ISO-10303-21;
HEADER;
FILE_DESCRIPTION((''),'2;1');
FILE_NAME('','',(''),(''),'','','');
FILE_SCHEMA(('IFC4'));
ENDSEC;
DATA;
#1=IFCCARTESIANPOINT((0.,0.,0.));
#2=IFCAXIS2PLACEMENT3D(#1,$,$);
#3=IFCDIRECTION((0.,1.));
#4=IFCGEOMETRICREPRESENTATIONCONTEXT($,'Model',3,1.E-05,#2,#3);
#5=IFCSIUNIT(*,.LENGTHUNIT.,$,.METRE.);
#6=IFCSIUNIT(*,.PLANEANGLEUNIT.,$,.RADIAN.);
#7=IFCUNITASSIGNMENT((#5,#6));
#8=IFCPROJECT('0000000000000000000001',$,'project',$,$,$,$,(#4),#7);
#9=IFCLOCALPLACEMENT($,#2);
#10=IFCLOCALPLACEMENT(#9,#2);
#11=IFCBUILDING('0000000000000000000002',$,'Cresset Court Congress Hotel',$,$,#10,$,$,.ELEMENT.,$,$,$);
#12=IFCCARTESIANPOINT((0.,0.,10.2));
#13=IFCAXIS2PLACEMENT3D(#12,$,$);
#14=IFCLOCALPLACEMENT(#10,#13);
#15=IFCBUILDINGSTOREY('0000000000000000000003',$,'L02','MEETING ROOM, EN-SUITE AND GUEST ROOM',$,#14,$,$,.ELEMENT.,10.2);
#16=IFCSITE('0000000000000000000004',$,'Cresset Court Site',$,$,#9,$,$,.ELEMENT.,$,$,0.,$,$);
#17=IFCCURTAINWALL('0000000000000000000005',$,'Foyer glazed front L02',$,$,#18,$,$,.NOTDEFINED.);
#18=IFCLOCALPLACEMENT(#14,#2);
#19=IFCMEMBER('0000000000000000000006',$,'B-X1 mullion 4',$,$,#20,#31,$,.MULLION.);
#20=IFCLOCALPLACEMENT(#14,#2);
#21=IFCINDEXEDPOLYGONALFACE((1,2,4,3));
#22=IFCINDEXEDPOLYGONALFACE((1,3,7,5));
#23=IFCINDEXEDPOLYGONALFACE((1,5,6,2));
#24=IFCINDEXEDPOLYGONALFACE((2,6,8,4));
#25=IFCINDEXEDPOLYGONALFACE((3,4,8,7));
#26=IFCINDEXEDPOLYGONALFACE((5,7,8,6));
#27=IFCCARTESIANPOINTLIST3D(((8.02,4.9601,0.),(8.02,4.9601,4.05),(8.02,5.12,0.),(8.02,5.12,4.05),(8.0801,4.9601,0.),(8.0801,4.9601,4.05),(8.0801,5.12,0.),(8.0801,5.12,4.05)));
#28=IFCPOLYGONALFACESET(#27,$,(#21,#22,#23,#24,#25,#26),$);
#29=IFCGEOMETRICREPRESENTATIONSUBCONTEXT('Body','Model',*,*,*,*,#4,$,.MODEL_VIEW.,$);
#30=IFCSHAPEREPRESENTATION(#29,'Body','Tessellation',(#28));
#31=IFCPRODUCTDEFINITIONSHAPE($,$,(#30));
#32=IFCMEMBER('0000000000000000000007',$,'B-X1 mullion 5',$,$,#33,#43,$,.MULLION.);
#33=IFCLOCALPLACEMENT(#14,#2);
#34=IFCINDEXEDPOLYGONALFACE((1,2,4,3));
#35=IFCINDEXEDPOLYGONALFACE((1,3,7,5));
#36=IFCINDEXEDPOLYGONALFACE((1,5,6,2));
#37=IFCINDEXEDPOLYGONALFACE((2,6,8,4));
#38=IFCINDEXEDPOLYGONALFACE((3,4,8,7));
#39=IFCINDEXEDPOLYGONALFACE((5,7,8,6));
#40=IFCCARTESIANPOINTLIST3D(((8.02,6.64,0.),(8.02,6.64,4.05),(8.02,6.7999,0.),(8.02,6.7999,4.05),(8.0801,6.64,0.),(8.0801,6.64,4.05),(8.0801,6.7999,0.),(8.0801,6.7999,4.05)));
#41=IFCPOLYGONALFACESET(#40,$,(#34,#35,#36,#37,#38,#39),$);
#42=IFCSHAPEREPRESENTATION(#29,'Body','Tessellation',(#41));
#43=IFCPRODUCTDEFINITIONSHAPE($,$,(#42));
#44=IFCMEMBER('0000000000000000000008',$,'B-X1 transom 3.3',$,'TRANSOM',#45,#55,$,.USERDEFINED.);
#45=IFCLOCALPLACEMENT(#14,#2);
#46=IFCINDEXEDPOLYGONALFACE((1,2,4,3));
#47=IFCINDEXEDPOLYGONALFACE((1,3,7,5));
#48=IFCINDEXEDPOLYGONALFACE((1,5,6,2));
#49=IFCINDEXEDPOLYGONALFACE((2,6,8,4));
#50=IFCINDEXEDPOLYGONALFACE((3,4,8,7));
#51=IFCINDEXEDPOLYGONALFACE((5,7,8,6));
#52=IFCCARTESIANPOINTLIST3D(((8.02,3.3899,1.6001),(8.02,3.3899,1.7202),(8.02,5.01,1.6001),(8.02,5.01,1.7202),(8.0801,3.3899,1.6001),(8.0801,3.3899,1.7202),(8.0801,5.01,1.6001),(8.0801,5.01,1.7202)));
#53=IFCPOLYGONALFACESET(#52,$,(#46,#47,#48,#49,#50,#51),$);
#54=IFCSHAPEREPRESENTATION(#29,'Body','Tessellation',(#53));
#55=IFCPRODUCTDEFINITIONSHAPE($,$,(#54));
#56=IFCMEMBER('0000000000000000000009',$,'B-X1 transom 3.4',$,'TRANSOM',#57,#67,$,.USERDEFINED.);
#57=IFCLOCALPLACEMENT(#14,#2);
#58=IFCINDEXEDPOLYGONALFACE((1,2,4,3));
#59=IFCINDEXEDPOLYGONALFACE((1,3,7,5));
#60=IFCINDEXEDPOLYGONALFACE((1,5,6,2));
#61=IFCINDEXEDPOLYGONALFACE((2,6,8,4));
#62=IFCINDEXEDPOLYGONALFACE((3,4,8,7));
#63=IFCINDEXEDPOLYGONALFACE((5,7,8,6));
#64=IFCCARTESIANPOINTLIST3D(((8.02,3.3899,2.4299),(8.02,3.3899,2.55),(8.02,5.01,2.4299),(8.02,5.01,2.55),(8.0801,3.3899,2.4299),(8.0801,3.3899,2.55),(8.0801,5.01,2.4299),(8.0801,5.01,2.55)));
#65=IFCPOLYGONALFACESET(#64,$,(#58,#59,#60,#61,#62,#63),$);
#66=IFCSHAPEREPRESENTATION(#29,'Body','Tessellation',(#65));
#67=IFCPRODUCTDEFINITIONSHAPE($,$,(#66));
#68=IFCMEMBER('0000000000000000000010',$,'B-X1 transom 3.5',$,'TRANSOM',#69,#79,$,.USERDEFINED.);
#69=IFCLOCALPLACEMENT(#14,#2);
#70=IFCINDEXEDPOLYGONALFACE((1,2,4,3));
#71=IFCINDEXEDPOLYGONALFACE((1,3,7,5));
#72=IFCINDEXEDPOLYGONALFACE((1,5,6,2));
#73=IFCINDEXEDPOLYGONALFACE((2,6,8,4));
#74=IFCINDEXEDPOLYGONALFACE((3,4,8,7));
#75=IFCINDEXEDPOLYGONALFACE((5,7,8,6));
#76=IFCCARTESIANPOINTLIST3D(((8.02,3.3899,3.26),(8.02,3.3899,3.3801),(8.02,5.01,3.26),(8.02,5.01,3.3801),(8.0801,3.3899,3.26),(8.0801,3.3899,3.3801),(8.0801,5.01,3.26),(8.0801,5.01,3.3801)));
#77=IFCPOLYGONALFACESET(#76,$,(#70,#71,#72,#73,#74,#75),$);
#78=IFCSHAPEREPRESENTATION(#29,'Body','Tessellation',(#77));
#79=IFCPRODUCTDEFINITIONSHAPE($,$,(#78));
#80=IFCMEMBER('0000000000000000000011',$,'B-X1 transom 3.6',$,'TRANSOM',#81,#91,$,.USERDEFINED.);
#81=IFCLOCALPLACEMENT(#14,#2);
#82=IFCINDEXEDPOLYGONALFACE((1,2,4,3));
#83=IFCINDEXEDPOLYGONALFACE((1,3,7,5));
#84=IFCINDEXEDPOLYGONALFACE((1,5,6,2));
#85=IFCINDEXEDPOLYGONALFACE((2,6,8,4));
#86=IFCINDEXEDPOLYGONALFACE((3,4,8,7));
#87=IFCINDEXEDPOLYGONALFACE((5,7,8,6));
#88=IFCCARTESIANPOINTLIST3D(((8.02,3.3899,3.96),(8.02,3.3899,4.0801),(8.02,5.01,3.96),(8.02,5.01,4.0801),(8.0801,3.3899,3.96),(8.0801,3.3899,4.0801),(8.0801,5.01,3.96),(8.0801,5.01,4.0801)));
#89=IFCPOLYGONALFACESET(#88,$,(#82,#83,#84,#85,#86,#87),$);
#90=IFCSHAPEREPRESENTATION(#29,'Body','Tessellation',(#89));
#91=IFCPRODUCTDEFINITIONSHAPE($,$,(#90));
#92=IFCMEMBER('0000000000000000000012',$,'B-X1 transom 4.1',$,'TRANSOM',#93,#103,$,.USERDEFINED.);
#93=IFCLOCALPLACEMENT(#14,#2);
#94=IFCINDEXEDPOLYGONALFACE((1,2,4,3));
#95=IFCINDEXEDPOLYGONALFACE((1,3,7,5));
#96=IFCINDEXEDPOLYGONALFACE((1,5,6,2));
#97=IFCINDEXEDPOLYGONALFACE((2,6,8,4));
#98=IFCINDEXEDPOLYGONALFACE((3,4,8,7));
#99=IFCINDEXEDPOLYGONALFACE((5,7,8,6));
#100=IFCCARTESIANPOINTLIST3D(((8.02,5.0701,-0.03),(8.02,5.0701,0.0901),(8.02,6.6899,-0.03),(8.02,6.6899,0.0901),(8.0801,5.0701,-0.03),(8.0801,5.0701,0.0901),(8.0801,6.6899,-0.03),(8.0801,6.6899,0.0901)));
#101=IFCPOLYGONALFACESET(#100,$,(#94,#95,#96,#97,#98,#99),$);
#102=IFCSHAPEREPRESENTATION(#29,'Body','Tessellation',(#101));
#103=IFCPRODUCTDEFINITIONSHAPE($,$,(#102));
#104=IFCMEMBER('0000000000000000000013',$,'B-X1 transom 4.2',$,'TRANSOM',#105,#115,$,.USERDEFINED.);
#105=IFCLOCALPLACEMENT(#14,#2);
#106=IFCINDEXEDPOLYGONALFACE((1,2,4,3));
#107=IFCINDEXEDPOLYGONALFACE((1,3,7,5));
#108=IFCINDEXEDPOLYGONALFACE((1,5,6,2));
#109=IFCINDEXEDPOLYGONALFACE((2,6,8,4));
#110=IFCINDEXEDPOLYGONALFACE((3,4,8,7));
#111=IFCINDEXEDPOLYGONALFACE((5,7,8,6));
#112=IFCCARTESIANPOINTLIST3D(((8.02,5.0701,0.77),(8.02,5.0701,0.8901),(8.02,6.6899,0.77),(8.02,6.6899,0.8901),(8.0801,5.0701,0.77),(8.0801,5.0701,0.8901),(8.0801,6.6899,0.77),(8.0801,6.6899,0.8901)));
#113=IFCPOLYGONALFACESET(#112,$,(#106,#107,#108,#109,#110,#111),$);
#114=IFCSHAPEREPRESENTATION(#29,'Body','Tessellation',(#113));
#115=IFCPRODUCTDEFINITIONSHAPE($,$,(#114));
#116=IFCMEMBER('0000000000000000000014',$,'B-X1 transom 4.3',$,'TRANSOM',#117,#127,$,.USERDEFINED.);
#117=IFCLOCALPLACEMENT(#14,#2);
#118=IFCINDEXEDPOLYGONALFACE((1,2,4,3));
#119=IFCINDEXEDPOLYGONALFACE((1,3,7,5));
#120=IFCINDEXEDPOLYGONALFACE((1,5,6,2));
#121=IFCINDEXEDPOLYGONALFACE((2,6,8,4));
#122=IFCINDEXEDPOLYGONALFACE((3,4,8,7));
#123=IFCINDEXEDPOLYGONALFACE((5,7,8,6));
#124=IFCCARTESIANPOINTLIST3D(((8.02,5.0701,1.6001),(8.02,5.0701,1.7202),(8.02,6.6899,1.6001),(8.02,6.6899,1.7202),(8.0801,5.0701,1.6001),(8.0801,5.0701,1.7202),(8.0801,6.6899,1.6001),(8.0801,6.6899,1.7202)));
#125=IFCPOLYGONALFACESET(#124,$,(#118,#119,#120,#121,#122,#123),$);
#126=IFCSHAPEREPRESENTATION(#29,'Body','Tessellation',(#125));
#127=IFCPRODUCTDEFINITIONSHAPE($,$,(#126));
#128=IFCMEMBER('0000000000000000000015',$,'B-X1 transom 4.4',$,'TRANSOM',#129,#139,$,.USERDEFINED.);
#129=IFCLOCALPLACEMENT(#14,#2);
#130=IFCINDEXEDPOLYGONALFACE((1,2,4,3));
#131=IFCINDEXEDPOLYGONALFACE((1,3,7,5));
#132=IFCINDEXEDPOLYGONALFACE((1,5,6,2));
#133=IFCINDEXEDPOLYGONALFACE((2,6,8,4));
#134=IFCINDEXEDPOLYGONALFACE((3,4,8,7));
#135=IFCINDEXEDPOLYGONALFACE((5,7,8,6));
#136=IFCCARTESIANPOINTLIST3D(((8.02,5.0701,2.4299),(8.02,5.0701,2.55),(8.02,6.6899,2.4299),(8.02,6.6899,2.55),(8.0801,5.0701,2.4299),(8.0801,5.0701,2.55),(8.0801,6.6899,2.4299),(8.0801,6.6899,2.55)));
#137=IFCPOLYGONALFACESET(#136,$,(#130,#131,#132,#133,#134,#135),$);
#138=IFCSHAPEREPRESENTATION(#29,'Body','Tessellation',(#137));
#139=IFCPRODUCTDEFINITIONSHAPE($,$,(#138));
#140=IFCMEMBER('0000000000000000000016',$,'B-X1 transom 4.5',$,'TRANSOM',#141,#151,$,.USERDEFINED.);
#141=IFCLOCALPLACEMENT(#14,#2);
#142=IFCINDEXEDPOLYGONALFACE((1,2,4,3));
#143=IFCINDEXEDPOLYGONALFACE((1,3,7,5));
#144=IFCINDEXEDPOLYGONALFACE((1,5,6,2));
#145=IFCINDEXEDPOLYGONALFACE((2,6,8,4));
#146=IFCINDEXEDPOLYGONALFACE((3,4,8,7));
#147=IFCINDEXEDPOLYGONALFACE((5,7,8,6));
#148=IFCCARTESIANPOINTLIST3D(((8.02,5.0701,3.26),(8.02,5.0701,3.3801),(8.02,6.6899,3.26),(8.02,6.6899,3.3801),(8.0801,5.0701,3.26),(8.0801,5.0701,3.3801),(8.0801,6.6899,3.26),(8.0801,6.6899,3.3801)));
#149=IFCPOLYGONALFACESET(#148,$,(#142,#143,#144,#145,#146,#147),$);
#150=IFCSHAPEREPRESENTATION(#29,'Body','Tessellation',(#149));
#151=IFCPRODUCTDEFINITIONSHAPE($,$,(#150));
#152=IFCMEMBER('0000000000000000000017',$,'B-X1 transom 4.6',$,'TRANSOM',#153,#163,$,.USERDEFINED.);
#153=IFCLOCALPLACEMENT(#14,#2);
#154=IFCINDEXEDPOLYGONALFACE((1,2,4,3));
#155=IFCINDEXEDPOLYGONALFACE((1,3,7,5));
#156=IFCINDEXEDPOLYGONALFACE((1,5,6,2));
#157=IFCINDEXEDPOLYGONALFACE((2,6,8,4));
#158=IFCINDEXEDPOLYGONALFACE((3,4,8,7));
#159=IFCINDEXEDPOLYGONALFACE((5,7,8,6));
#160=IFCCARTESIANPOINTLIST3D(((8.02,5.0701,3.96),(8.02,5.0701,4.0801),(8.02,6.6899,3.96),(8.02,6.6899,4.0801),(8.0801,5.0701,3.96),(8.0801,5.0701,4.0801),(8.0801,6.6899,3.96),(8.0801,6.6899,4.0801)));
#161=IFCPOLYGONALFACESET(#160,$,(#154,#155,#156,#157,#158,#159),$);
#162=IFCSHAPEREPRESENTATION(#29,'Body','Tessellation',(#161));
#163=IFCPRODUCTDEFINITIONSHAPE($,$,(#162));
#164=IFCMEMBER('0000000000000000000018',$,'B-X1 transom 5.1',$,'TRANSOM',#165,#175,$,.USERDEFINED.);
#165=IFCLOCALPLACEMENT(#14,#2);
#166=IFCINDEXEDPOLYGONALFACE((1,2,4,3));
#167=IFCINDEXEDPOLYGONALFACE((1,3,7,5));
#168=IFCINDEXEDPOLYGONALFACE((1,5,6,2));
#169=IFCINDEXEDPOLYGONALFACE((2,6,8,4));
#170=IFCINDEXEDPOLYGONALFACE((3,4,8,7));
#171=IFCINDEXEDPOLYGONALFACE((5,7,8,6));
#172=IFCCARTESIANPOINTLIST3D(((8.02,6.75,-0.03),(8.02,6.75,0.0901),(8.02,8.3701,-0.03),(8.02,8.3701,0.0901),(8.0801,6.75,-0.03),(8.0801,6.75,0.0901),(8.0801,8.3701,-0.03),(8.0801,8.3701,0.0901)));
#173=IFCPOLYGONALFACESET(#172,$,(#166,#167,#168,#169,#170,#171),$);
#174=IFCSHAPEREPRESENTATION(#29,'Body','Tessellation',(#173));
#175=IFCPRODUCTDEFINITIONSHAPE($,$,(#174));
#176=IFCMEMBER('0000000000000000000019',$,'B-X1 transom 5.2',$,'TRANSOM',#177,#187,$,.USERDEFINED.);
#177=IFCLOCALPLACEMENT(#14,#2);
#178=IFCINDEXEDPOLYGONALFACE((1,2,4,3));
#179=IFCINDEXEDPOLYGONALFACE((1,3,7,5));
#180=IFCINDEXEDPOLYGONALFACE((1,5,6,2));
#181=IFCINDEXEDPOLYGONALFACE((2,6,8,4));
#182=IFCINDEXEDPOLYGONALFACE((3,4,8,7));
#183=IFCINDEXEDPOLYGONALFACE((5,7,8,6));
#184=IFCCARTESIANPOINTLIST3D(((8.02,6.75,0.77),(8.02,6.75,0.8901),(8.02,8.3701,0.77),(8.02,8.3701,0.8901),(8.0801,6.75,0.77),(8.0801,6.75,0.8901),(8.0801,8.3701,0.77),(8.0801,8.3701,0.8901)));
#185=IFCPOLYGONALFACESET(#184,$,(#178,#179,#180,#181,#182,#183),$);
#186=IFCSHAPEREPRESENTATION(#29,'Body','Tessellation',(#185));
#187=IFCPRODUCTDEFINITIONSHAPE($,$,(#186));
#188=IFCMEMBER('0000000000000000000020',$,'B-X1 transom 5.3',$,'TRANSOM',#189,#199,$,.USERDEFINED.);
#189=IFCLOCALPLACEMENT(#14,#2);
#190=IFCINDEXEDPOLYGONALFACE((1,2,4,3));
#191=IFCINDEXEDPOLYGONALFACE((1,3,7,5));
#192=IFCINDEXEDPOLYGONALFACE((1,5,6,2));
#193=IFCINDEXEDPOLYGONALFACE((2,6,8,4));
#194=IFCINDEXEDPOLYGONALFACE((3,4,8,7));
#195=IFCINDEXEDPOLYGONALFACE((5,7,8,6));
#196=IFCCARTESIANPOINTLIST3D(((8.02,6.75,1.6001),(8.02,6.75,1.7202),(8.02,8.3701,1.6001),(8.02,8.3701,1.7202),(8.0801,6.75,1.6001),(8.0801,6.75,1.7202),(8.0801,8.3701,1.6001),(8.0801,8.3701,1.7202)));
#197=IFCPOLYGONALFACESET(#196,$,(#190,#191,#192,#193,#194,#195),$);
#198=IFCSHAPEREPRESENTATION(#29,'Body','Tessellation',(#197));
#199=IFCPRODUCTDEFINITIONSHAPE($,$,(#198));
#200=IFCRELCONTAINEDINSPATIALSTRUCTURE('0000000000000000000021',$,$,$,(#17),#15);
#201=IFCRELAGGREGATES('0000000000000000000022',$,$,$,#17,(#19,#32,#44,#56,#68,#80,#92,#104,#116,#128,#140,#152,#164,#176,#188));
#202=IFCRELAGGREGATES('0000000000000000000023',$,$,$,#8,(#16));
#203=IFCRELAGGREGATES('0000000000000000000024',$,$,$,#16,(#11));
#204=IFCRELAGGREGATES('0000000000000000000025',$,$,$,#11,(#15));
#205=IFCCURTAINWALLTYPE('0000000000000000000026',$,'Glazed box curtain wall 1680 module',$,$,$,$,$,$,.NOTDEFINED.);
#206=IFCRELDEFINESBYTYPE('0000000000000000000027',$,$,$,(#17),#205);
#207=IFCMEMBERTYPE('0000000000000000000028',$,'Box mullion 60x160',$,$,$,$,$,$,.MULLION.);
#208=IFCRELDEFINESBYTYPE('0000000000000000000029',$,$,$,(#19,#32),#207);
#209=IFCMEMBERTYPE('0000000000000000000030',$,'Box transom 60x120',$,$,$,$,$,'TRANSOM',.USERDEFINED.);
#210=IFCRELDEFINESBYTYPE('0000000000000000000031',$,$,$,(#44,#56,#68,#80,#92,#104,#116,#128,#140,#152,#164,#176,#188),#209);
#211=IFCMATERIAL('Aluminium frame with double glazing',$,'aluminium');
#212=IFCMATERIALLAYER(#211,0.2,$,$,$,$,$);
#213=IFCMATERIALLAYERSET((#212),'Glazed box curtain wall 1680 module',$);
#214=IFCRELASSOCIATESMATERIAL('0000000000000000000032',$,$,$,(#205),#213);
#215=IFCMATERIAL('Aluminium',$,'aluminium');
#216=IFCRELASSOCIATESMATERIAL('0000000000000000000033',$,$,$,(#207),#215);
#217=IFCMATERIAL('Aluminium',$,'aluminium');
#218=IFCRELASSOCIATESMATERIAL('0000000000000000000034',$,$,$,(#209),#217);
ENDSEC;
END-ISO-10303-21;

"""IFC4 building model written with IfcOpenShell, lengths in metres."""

from ifc_helpers import new_model, si_unit, direction, frame, origin, origin_2d, place, context, subcontext, project, spatial, rectangle, extrude, material, layer, layer_set, material_profile, profile_set, type_object, element, aggregate, save


model = new_model("IFC4")

# Units and contexts
model_context = context("Model", 3, precision=1e-05, world=origin(), true_north=direction((0.0, 1.0)))
body_context = subcontext(model_context, "Body", "Model", "MODEL_VIEW")
ifc_project = project(units=[si_unit("LENGTHUNIT", "METRE"), si_unit("PLANEANGLEUNIT", "RADIAN")], contexts=[model_context])

# Site, building, storey
site_placement = place(None, origin())
site = spatial("IfcSite", under=ifc_project, at=site_placement, Name="Cresset Court Site", CompositionType="ELEMENT", RefElevation=0.0)
building_placement = place(site_placement, origin())
building = spatial("IfcBuilding", under=site, at=building_placement, Name="Cresset Court Congress Hotel", CompositionType="ELEMENT")
storey_placement = place(building_placement, frame((0.0, 0.0, 10.2)))
storey = spatial("IfcBuildingStorey", under=building, at=storey_placement, Name="L02", Description="MEETING ROOM, EN-SUITE AND GUEST ROOM", CompositionType="ELEMENT", Elevation=10.2)

# Curtain wall, members
ifc_material_1 = material(Name="Aluminium frame with double glazing", Category="aluminium")
ifc_layer_1 = layer(ifc_material_1, 0.2)
ifc_layer_set_1 = layer_set([ifc_layer_1], Name="Glazed box curtain wall 1680 module")
curtain_wall_type = type_object("IfcCurtainWallType", Name="Glazed box curtain wall 1680 module", PredefinedType="NOTDEFINED", material=ifc_layer_set_1)
curtain_wall_placement = place(storey_placement, origin())
curtain_wall = element("IfcCurtainWall", 1, at=curtain_wall_placement, inside=storey, type_object=curtain_wall_type, Name="Foyer glazed front L02", PredefinedType="NOTDEFINED")
ifc_material_2 = material(Name="Aluminium", Category="aluminium")
ifc_material_profile_1 = material_profile(ifc_material_2, rectangle(XDim=0.0601, YDim=0.1599, at=origin_2d()), Name="Box mullion 60x160")
ifc_profile_set_1 = profile_set([ifc_material_profile_1], Name="Aluminium")
member_type_1 = type_object("IfcMemberType", Name="Box mullion 60x160", PredefinedType="MULLION", material=ifc_profile_set_1)
member_1_placement = place(storey_placement, frame((8.05, 5.04, 0.0), z_axis=(0.0, 0.0, 1.0), x_axis=(-1.0, 0.0, 0.0)))
member_1 = element("IfcMember", 2, at=member_1_placement, type_object=member_type_1, Name="B-X1 mullion 4", PredefinedType="MULLION", context=body_context, shape_type="SweptSolid", body=[
    extrude(rectangle(XDim=0.0601, YDim=0.1599, at=origin_2d()), origin(), (0.0, 0.0, 1.0), 4.05),
])
member_2_placement = place(storey_placement, frame((8.05, 6.72, 0.0), z_axis=(0.0, 0.0, 1.0), x_axis=(-1.0, 0.0, 0.0)))
member_2 = element("IfcMember", 3, at=member_2_placement, type_object=member_type_1, Name="B-X1 mullion 5", PredefinedType="MULLION", context=body_context, shape_type="SweptSolid", body=[
    extrude(rectangle(XDim=0.0601, YDim=0.1599, at=origin_2d()), origin(), (0.0, 0.0, 1.0), 4.05),
])
ifc_material_3 = material(Name="Aluminium", Category="aluminium")
ifc_material_profile_2 = material_profile(ifc_material_3, rectangle(XDim=0.0601, YDim=0.1201, at=origin_2d()), Name="Box transom 60x120")
ifc_profile_set_2 = profile_set([ifc_material_profile_2], Name="Aluminium")
member_type_2 = type_object("IfcMemberType", Name="Box transom 60x120", ElementType="TRANSOM", PredefinedType="USERDEFINED", material=ifc_profile_set_2)
member_3_placement = place(storey_placement, frame((8.05, 3.3899, 1.6602), z_axis=(0.0, 1.0, 0.0), x_axis=(-1.0, 0.0, 0.0)))
member_3 = element("IfcMember", 4, at=member_3_placement, type_object=member_type_2, Name="B-X1 transom 3.3", ObjectType="TRANSOM", PredefinedType="USERDEFINED", context=body_context, shape_type="SweptSolid", body=[
    extrude(rectangle(XDim=0.0601, YDim=0.1201, at=origin_2d()), origin(), (0.0, 0.0, 1.0), 1.6201),
])
member_4_placement = place(storey_placement, frame((8.05, 3.3899, 2.49), z_axis=(0.0, 1.0, 0.0), x_axis=(-1.0, 0.0, 0.0)))
member_4 = element("IfcMember", 5, at=member_4_placement, type_object=member_type_2, Name="B-X1 transom 3.4", ObjectType="TRANSOM", PredefinedType="USERDEFINED", context=body_context, shape_type="SweptSolid", body=[
    extrude(rectangle(XDim=0.0601, YDim=0.1201, at=origin_2d()), origin(), (0.0, 0.0, 1.0), 1.6201),
])
member_5_placement = place(storey_placement, frame((8.05, 3.3899, 3.3201), z_axis=(0.0, 1.0, 0.0), x_axis=(-1.0, 0.0, 0.0)))
member_5 = element("IfcMember", 6, at=member_5_placement, type_object=member_type_2, Name="B-X1 transom 3.5", ObjectType="TRANSOM", PredefinedType="USERDEFINED", context=body_context, shape_type="SweptSolid", body=[
    extrude(rectangle(XDim=0.0601, YDim=0.1201, at=origin_2d()), origin(), (0.0, 0.0, 1.0), 1.6201),
])
member_6_placement = place(storey_placement, frame((8.05, 3.3899, 4.02), z_axis=(0.0, 1.0, 0.0), x_axis=(-1.0, 0.0, 0.0)))
member_6 = element("IfcMember", 7, at=member_6_placement, type_object=member_type_2, Name="B-X1 transom 3.6", ObjectType="TRANSOM", PredefinedType="USERDEFINED", context=body_context, shape_type="SweptSolid", body=[
    extrude(rectangle(XDim=0.0601, YDim=0.1201, at=origin_2d()), origin(), (0.0, 0.0, 1.0), 1.6201),
])
member_7_placement = place(storey_placement, frame((8.05, 5.0701, 0.03), z_axis=(0.0, 1.0, 0.0), x_axis=(-1.0, 0.0, 0.0)))
member_7 = element("IfcMember", 8, at=member_7_placement, type_object=member_type_2, Name="B-X1 transom 4.1", ObjectType="TRANSOM", PredefinedType="USERDEFINED", context=body_context, shape_type="SweptSolid", body=[
    extrude(rectangle(XDim=0.0601, YDim=0.1201, at=origin_2d()), origin(), (0.0, 0.0, 1.0), 1.6199),
])
member_8_placement = place(storey_placement, frame((8.05, 5.0701, 0.8301), z_axis=(0.0, 1.0, 0.0), x_axis=(-1.0, 0.0, 0.0)))
member_8 = element("IfcMember", 9, at=member_8_placement, type_object=member_type_2, Name="B-X1 transom 4.2", ObjectType="TRANSOM", PredefinedType="USERDEFINED", context=body_context, shape_type="SweptSolid", body=[
    extrude(rectangle(XDim=0.0601, YDim=0.1201, at=origin_2d()), origin(), (0.0, 0.0, 1.0), 1.6199),
])
member_9_placement = place(storey_placement, frame((8.05, 5.0701, 1.6602), z_axis=(0.0, 1.0, 0.0), x_axis=(-1.0, 0.0, 0.0)))
member_9 = element("IfcMember", 10, at=member_9_placement, type_object=member_type_2, Name="B-X1 transom 4.3", ObjectType="TRANSOM", PredefinedType="USERDEFINED", context=body_context, shape_type="SweptSolid", body=[
    extrude(rectangle(XDim=0.0601, YDim=0.1201, at=origin_2d()), origin(), (0.0, 0.0, 1.0), 1.6199),
])
member_10_placement = place(storey_placement, frame((8.05, 5.0701, 2.49), z_axis=(0.0, 1.0, 0.0), x_axis=(-1.0, 0.0, 0.0)))
member_10 = element("IfcMember", 11, at=member_10_placement, type_object=member_type_2, Name="B-X1 transom 4.4", ObjectType="TRANSOM", PredefinedType="USERDEFINED", context=body_context, shape_type="SweptSolid", body=[
    extrude(rectangle(XDim=0.0601, YDim=0.1201, at=origin_2d()), origin(), (0.0, 0.0, 1.0), 1.6199),
])
member_11_placement = place(storey_placement, frame((8.05, 5.0701, 3.3201), z_axis=(0.0, 1.0, 0.0), x_axis=(-1.0, 0.0, 0.0)))
member_11 = element("IfcMember", 12, at=member_11_placement, type_object=member_type_2, Name="B-X1 transom 4.5", ObjectType="TRANSOM", PredefinedType="USERDEFINED", context=body_context, shape_type="SweptSolid", body=[
    extrude(rectangle(XDim=0.0601, YDim=0.1201, at=origin_2d()), origin(), (0.0, 0.0, 1.0), 1.6199),
])
member_12_placement = place(storey_placement, frame((8.05, 5.0701, 4.02), z_axis=(0.0, 1.0, 0.0), x_axis=(-1.0, 0.0, 0.0)))
member_12 = element("IfcMember", 13, at=member_12_placement, type_object=member_type_2, Name="B-X1 transom 4.6", ObjectType="TRANSOM", PredefinedType="USERDEFINED", context=body_context, shape_type="SweptSolid", body=[
    extrude(rectangle(XDim=0.0601, YDim=0.1201, at=origin_2d()), origin(), (0.0, 0.0, 1.0), 1.6199),
])
member_13_placement = place(storey_placement, frame((8.05, 6.75, 0.03), z_axis=(0.0, 1.0, 0.0), x_axis=(-1.0, 0.0, 0.0)))
member_13 = element("IfcMember", 14, at=member_13_placement, type_object=member_type_2, Name="B-X1 transom 5.1", ObjectType="TRANSOM", PredefinedType="USERDEFINED", context=body_context, shape_type="SweptSolid", body=[
    extrude(rectangle(XDim=0.0601, YDim=0.1201, at=origin_2d()), origin(), (0.0, 0.0, 1.0), 1.6201),
])
member_14_placement = place(storey_placement, frame((8.05, 6.75, 0.8301), z_axis=(0.0, 1.0, 0.0), x_axis=(-1.0, 0.0, 0.0)))
member_14 = element("IfcMember", 15, at=member_14_placement, type_object=member_type_2, Name="B-X1 transom 5.2", ObjectType="TRANSOM", PredefinedType="USERDEFINED", context=body_context, shape_type="SweptSolid", body=[
    extrude(rectangle(XDim=0.0601, YDim=0.1201, at=origin_2d()), origin(), (0.0, 0.0, 1.0), 1.6201),
])
member_15_placement = place(storey_placement, frame((8.05, 6.75, 1.6602), z_axis=(0.0, 1.0, 0.0), x_axis=(-1.0, 0.0, 0.0)))
member_15 = element("IfcMember", 16, at=member_15_placement, type_object=member_type_2, Name="B-X1 transom 5.3", ObjectType="TRANSOM", PredefinedType="USERDEFINED", context=body_context, shape_type="SweptSolid", body=[
    extrude(rectangle(XDim=0.0601, YDim=0.1201, at=origin_2d()), origin(), (0.0, 0.0, 1.0), 1.6201),
])
aggregate(curtain_wall, [member_1, member_2, member_3, member_4, member_5, member_6, member_7, member_8, member_9, member_10, member_11, member_12, member_13, member_14, member_15])

save(model, "model.ifc")
